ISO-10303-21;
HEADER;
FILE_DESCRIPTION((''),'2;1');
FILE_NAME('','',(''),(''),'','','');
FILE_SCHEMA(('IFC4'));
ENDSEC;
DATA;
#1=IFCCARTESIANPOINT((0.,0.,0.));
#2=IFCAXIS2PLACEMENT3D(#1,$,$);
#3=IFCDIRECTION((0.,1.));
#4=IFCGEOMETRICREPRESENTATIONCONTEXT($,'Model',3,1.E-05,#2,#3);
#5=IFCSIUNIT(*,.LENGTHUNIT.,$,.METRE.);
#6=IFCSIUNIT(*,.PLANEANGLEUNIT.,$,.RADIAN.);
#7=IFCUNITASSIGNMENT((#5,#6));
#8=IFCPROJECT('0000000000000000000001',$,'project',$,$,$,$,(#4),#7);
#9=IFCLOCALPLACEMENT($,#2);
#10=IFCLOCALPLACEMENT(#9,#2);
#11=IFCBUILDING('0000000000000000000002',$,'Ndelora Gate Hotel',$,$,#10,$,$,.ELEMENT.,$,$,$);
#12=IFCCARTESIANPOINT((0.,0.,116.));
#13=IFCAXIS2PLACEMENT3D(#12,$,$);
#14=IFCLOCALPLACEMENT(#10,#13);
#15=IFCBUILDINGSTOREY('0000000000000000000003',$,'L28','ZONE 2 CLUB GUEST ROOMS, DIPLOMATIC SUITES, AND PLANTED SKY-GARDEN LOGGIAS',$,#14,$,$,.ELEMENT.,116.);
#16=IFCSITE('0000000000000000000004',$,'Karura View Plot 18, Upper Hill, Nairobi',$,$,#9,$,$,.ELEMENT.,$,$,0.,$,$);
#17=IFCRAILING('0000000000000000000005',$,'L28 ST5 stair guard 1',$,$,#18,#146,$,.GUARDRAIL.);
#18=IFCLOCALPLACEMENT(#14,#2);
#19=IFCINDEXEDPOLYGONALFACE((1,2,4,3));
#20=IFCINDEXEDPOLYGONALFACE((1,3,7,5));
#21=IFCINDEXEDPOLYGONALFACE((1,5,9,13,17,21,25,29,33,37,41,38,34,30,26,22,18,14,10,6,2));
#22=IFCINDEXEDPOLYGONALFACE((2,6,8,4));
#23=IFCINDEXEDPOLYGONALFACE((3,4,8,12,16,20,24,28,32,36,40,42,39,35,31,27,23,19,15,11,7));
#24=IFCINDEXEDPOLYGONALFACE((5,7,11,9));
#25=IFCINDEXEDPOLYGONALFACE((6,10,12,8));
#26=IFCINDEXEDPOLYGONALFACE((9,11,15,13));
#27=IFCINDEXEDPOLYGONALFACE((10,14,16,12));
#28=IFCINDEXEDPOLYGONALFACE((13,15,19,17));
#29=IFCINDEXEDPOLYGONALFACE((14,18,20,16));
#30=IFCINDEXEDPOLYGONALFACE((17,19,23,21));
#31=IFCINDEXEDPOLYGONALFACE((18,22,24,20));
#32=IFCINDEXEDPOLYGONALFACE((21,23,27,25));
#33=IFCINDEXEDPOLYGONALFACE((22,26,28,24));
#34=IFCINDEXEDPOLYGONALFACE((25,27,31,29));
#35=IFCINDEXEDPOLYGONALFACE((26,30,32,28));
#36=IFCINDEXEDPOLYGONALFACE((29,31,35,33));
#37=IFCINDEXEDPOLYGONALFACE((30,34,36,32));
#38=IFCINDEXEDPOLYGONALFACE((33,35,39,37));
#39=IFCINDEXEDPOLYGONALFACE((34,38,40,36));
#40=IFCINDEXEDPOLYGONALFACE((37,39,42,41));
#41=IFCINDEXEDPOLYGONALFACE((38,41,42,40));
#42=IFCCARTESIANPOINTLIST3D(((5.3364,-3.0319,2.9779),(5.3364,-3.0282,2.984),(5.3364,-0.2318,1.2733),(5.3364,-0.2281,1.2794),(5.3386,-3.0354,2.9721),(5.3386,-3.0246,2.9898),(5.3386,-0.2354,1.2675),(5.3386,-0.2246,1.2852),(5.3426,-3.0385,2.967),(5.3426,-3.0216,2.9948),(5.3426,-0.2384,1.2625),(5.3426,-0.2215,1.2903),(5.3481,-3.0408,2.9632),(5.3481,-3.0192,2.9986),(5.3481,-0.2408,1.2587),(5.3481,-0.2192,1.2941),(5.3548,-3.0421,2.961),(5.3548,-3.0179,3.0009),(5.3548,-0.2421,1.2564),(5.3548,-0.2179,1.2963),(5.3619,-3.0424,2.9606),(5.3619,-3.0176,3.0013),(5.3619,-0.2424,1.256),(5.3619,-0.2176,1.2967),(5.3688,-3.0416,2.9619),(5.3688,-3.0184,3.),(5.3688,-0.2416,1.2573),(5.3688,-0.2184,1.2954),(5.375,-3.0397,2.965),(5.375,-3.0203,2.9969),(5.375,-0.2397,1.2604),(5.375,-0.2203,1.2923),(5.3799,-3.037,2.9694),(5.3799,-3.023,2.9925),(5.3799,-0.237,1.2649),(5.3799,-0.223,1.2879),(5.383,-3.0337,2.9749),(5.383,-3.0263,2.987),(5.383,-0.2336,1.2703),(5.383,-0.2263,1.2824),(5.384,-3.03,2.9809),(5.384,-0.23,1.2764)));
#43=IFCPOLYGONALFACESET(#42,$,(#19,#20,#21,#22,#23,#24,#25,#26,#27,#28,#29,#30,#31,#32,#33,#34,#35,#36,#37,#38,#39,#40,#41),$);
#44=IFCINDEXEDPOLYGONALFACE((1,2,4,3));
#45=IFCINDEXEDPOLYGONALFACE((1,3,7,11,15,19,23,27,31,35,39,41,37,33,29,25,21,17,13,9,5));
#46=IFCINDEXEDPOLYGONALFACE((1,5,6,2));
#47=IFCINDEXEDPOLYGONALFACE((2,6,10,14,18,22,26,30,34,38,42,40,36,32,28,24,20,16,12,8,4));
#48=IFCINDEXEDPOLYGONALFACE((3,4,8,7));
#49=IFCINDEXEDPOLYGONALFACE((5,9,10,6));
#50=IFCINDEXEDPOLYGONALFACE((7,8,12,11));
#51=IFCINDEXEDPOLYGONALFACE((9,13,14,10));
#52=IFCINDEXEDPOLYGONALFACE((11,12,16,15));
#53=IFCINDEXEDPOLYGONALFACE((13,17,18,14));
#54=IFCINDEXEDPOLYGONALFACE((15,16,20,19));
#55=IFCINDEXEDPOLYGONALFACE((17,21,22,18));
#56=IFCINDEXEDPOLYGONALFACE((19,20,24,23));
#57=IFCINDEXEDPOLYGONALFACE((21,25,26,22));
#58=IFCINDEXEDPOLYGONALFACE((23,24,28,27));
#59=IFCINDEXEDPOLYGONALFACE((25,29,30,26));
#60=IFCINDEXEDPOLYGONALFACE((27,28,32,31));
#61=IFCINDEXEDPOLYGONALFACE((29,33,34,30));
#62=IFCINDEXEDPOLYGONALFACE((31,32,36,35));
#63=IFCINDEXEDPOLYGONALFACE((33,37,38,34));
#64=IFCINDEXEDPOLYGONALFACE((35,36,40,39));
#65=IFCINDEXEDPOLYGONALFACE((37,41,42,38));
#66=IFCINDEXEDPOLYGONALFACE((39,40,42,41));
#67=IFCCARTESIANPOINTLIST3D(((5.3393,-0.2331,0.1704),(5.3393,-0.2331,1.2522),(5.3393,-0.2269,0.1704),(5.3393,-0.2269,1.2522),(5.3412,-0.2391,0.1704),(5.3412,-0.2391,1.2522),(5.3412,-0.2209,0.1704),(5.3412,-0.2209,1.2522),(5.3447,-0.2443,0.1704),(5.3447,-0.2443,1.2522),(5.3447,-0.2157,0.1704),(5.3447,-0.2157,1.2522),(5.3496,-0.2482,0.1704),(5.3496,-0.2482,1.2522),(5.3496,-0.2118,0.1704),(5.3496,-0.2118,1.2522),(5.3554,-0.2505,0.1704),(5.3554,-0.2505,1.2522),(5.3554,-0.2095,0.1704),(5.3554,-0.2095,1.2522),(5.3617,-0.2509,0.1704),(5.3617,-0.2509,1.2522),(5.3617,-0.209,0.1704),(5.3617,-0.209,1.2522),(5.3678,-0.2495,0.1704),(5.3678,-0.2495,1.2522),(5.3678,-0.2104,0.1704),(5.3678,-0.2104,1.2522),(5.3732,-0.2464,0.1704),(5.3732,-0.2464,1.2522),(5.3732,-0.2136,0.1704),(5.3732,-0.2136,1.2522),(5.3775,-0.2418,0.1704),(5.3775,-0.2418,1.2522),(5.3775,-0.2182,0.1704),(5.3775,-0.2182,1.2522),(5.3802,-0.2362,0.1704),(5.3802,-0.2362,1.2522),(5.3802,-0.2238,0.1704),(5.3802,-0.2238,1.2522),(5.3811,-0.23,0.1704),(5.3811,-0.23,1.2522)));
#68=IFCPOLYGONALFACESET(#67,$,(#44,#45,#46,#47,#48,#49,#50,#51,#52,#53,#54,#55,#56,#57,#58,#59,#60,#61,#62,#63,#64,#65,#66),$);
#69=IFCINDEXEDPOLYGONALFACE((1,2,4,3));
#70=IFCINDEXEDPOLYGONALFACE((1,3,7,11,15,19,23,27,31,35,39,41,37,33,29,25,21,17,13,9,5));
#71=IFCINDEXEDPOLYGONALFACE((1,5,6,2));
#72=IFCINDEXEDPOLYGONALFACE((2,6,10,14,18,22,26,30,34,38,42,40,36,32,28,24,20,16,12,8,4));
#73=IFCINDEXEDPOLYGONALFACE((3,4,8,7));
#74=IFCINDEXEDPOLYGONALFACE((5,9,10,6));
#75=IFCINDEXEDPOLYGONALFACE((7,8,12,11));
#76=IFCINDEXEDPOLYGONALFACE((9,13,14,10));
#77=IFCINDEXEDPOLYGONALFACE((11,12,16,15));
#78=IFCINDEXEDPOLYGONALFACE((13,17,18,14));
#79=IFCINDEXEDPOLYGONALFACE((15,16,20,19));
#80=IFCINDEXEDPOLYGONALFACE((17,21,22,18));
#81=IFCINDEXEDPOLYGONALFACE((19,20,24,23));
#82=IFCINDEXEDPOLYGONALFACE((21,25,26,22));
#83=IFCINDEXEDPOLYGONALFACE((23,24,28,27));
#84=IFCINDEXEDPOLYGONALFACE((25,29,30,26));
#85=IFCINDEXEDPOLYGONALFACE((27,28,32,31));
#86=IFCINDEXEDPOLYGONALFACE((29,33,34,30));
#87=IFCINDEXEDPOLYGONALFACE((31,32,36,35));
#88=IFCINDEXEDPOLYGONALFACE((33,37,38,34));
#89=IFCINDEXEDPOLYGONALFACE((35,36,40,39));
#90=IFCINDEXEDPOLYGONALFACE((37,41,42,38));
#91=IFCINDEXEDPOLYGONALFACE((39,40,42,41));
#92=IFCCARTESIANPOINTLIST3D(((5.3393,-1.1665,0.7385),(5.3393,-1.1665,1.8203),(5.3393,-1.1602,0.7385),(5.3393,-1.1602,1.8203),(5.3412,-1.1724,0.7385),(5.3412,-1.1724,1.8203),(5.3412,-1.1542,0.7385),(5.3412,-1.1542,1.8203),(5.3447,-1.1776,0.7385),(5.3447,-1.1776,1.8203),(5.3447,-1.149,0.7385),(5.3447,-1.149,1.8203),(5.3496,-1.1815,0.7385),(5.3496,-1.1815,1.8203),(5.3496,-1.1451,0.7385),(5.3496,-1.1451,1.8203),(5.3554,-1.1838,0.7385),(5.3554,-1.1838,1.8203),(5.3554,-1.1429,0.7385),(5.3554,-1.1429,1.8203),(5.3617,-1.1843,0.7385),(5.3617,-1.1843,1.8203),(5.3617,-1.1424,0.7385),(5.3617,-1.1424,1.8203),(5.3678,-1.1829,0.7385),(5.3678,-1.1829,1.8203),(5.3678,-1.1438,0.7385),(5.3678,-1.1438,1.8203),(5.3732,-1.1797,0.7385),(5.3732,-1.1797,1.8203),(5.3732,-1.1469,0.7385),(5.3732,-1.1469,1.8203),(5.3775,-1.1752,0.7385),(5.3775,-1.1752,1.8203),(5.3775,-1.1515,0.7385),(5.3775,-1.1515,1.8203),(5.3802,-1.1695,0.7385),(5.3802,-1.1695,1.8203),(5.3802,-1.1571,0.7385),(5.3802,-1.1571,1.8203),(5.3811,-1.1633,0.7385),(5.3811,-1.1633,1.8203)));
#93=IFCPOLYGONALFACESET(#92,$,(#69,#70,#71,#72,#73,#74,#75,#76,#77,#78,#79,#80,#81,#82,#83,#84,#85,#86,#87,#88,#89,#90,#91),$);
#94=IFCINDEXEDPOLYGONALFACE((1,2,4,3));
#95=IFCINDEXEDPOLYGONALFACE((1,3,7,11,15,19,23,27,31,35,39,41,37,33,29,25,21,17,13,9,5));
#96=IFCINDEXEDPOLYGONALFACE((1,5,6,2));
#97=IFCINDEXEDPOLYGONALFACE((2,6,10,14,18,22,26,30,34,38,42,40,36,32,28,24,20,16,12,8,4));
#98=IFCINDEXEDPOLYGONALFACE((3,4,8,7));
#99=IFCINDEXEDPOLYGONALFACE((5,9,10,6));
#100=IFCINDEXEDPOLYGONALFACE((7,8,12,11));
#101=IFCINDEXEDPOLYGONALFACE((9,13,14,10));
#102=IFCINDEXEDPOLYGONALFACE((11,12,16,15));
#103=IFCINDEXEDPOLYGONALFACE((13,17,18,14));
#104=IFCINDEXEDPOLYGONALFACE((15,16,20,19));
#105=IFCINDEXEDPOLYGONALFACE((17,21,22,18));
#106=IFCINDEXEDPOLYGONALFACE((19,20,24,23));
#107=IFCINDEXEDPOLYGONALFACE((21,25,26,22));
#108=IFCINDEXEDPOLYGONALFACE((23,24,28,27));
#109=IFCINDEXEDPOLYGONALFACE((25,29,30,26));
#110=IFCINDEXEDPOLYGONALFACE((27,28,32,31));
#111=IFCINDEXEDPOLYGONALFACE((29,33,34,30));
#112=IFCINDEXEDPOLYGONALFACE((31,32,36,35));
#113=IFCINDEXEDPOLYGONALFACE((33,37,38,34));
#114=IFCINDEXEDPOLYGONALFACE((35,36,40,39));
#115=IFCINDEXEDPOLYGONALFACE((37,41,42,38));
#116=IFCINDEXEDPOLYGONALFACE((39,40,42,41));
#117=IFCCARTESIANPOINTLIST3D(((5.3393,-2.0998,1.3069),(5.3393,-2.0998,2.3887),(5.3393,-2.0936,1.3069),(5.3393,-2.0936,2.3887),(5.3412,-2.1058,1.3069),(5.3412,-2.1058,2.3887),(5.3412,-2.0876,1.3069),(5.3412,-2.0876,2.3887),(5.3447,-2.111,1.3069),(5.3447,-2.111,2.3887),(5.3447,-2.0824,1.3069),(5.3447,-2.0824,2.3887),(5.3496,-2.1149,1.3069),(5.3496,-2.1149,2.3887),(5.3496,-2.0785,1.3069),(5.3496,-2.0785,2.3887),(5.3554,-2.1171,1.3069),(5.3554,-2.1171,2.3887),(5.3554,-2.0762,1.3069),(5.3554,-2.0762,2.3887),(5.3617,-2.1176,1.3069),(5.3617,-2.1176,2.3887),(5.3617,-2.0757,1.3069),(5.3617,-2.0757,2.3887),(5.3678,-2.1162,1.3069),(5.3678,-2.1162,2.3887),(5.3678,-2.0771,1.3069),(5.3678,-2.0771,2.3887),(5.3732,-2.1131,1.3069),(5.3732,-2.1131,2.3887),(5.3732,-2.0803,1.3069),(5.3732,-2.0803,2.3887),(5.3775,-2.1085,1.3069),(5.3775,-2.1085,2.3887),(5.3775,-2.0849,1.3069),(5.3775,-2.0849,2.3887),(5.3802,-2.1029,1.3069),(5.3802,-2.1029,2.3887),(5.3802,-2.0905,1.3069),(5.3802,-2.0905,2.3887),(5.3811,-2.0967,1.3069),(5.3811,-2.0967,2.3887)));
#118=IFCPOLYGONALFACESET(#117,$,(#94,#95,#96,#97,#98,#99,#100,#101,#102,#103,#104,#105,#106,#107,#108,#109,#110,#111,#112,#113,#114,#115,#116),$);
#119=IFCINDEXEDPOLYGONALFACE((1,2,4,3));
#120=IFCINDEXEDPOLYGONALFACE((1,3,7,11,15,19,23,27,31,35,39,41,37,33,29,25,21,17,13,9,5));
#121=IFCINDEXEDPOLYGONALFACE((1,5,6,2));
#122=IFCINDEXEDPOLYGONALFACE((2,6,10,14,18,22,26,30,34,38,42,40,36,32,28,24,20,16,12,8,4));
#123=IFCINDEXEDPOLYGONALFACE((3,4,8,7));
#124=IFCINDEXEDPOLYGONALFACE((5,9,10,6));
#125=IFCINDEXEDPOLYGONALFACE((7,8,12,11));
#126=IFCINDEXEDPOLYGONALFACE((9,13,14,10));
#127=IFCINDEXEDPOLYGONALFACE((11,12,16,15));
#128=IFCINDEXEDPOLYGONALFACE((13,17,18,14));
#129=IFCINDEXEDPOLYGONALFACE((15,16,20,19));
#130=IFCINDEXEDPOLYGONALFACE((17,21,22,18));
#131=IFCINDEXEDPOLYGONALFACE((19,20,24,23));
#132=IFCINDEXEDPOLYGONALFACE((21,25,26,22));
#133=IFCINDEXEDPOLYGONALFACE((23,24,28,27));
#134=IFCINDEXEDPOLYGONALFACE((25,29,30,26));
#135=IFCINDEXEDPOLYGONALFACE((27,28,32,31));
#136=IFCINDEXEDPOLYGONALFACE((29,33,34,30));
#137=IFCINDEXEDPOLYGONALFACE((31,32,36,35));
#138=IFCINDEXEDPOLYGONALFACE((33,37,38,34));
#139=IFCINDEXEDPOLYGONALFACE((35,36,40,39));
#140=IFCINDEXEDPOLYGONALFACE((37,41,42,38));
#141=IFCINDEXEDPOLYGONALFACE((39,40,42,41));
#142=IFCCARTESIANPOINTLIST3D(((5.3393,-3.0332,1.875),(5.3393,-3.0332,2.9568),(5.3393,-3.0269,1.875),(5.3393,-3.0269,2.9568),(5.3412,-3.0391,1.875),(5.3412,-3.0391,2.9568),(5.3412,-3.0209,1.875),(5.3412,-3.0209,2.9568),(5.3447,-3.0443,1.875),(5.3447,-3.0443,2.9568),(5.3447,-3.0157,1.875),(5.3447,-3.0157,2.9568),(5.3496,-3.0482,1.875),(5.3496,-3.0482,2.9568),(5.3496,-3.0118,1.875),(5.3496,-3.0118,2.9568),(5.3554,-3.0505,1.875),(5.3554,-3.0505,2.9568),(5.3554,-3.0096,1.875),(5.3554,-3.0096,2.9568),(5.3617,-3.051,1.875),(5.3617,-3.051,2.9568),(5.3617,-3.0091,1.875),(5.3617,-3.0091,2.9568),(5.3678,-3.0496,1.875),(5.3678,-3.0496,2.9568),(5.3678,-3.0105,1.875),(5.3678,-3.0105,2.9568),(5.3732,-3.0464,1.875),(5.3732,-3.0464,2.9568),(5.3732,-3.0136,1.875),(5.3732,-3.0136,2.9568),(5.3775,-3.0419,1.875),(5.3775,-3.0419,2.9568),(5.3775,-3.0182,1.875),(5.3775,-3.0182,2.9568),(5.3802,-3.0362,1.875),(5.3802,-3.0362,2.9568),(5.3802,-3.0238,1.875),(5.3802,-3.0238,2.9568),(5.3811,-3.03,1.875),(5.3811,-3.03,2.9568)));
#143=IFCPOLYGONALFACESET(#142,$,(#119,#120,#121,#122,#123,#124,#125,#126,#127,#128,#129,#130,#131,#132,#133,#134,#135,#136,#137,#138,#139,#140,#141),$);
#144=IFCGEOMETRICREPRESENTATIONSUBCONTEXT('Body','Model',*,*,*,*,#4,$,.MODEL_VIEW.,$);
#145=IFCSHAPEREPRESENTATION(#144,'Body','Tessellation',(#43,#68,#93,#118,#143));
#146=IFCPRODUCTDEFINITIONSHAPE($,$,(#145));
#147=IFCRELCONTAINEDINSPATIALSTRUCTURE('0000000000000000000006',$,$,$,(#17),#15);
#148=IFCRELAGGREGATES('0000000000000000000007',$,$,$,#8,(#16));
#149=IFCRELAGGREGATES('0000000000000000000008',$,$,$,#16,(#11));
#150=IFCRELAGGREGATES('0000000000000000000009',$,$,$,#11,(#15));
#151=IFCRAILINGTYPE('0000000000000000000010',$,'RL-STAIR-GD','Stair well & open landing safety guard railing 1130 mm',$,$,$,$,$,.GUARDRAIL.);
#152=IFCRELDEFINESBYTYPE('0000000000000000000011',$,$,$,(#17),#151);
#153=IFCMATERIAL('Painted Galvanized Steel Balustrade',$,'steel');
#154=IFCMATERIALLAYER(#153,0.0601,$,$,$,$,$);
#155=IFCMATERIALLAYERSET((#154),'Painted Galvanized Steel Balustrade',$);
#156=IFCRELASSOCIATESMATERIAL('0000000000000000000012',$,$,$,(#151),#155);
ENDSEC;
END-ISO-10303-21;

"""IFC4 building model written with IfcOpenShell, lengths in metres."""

from ifc_helpers import new_model, si_unit, direction, frame, origin, origin_2d, place, context, subcontext, project, spatial, circle, extrude, material, layer, layer_set, type_object, element, save


model = new_model("IFC4")

# Units and contexts
model_context = context("Model", 3, precision=1e-05, world=origin(), true_north=direction((0.0, 1.0)))
body_context = subcontext(model_context, "Body", "Model", "MODEL_VIEW")
ifc_project = project(units=[si_unit("LENGTHUNIT", "METRE"), si_unit("PLANEANGLEUNIT", "RADIAN")], contexts=[model_context])

# Site, building, storey
site_placement = place(None, origin())
site = spatial("IfcSite", under=ifc_project, at=site_placement, Name="Karura View Plot 18, Upper Hill, Nairobi", CompositionType="ELEMENT", RefElevation=0.0)
building_placement = place(site_placement, origin())
building = spatial("IfcBuilding", under=site, at=building_placement, Name="Ndelora Gate Hotel", CompositionType="ELEMENT")
storey_placement = place(building_placement, frame((0.0, 0.0, 116.0)))
storey = spatial("IfcBuildingStorey", under=building, at=storey_placement, Name="L28", Description="ZONE 2 CLUB GUEST ROOMS, DIPLOMATIC SUITES, AND PLANTED SKY-GARDEN LOGGIAS", CompositionType="ELEMENT", Elevation=116.0)

# Railing
ifc_material_1 = material(Name="Painted Galvanized Steel Balustrade", Category="steel")
ifc_layer_1 = layer(ifc_material_1, 0.0601)
ifc_layer_set_1 = layer_set([ifc_layer_1], Name="Painted Galvanized Steel Balustrade")
railing_type_1 = type_object("IfcRailingType", Name="RL-STAIR-GD", Description="Stair well & open landing safety guard railing 1130 mm", PredefinedType="GUARDRAIL", material=ifc_layer_set_1)
railing_1_placement = place(storey_placement, frame((5.3601, -0.23, 0.1704)))
element("IfcRailing", 1, at=railing_1_placement, inside=storey, type_object=railing_type_1, Name="L28 ST5 stair guard 1", PredefinedType="GUARDRAIL", context=body_context, shape_type="SweptSolid", body=[
    extrude(circle(Radius=0.0239, at=origin_2d()), frame((0.0, 0.0, 1.106), z_axis=(0.0, -0.85417, 0.519994), x_axis=(1.0, 0.0, 0.0)), (0.0, 0.0, 1.0), 3.2781),
    extrude(circle(Radius=0.021, at=origin_2d()), origin(), (0.0, 0.0, 1.0), 1.0818),
    extrude(circle(Radius=0.021, at=origin_2d()), frame((0.0, -0.9333, 0.5681)), (0.0, 0.0, 1.0), 1.0818),
    extrude(circle(Radius=0.021, at=origin_2d()), frame((0.0, -1.8667, 1.1365)), (0.0, 0.0, 1.0), 1.0818),
    extrude(circle(Radius=0.021, at=origin_2d()), frame((0.0, -2.8, 1.7046)), (0.0, 0.0, 1.0), 1.0818),
])

save(model, "model.ifc")
